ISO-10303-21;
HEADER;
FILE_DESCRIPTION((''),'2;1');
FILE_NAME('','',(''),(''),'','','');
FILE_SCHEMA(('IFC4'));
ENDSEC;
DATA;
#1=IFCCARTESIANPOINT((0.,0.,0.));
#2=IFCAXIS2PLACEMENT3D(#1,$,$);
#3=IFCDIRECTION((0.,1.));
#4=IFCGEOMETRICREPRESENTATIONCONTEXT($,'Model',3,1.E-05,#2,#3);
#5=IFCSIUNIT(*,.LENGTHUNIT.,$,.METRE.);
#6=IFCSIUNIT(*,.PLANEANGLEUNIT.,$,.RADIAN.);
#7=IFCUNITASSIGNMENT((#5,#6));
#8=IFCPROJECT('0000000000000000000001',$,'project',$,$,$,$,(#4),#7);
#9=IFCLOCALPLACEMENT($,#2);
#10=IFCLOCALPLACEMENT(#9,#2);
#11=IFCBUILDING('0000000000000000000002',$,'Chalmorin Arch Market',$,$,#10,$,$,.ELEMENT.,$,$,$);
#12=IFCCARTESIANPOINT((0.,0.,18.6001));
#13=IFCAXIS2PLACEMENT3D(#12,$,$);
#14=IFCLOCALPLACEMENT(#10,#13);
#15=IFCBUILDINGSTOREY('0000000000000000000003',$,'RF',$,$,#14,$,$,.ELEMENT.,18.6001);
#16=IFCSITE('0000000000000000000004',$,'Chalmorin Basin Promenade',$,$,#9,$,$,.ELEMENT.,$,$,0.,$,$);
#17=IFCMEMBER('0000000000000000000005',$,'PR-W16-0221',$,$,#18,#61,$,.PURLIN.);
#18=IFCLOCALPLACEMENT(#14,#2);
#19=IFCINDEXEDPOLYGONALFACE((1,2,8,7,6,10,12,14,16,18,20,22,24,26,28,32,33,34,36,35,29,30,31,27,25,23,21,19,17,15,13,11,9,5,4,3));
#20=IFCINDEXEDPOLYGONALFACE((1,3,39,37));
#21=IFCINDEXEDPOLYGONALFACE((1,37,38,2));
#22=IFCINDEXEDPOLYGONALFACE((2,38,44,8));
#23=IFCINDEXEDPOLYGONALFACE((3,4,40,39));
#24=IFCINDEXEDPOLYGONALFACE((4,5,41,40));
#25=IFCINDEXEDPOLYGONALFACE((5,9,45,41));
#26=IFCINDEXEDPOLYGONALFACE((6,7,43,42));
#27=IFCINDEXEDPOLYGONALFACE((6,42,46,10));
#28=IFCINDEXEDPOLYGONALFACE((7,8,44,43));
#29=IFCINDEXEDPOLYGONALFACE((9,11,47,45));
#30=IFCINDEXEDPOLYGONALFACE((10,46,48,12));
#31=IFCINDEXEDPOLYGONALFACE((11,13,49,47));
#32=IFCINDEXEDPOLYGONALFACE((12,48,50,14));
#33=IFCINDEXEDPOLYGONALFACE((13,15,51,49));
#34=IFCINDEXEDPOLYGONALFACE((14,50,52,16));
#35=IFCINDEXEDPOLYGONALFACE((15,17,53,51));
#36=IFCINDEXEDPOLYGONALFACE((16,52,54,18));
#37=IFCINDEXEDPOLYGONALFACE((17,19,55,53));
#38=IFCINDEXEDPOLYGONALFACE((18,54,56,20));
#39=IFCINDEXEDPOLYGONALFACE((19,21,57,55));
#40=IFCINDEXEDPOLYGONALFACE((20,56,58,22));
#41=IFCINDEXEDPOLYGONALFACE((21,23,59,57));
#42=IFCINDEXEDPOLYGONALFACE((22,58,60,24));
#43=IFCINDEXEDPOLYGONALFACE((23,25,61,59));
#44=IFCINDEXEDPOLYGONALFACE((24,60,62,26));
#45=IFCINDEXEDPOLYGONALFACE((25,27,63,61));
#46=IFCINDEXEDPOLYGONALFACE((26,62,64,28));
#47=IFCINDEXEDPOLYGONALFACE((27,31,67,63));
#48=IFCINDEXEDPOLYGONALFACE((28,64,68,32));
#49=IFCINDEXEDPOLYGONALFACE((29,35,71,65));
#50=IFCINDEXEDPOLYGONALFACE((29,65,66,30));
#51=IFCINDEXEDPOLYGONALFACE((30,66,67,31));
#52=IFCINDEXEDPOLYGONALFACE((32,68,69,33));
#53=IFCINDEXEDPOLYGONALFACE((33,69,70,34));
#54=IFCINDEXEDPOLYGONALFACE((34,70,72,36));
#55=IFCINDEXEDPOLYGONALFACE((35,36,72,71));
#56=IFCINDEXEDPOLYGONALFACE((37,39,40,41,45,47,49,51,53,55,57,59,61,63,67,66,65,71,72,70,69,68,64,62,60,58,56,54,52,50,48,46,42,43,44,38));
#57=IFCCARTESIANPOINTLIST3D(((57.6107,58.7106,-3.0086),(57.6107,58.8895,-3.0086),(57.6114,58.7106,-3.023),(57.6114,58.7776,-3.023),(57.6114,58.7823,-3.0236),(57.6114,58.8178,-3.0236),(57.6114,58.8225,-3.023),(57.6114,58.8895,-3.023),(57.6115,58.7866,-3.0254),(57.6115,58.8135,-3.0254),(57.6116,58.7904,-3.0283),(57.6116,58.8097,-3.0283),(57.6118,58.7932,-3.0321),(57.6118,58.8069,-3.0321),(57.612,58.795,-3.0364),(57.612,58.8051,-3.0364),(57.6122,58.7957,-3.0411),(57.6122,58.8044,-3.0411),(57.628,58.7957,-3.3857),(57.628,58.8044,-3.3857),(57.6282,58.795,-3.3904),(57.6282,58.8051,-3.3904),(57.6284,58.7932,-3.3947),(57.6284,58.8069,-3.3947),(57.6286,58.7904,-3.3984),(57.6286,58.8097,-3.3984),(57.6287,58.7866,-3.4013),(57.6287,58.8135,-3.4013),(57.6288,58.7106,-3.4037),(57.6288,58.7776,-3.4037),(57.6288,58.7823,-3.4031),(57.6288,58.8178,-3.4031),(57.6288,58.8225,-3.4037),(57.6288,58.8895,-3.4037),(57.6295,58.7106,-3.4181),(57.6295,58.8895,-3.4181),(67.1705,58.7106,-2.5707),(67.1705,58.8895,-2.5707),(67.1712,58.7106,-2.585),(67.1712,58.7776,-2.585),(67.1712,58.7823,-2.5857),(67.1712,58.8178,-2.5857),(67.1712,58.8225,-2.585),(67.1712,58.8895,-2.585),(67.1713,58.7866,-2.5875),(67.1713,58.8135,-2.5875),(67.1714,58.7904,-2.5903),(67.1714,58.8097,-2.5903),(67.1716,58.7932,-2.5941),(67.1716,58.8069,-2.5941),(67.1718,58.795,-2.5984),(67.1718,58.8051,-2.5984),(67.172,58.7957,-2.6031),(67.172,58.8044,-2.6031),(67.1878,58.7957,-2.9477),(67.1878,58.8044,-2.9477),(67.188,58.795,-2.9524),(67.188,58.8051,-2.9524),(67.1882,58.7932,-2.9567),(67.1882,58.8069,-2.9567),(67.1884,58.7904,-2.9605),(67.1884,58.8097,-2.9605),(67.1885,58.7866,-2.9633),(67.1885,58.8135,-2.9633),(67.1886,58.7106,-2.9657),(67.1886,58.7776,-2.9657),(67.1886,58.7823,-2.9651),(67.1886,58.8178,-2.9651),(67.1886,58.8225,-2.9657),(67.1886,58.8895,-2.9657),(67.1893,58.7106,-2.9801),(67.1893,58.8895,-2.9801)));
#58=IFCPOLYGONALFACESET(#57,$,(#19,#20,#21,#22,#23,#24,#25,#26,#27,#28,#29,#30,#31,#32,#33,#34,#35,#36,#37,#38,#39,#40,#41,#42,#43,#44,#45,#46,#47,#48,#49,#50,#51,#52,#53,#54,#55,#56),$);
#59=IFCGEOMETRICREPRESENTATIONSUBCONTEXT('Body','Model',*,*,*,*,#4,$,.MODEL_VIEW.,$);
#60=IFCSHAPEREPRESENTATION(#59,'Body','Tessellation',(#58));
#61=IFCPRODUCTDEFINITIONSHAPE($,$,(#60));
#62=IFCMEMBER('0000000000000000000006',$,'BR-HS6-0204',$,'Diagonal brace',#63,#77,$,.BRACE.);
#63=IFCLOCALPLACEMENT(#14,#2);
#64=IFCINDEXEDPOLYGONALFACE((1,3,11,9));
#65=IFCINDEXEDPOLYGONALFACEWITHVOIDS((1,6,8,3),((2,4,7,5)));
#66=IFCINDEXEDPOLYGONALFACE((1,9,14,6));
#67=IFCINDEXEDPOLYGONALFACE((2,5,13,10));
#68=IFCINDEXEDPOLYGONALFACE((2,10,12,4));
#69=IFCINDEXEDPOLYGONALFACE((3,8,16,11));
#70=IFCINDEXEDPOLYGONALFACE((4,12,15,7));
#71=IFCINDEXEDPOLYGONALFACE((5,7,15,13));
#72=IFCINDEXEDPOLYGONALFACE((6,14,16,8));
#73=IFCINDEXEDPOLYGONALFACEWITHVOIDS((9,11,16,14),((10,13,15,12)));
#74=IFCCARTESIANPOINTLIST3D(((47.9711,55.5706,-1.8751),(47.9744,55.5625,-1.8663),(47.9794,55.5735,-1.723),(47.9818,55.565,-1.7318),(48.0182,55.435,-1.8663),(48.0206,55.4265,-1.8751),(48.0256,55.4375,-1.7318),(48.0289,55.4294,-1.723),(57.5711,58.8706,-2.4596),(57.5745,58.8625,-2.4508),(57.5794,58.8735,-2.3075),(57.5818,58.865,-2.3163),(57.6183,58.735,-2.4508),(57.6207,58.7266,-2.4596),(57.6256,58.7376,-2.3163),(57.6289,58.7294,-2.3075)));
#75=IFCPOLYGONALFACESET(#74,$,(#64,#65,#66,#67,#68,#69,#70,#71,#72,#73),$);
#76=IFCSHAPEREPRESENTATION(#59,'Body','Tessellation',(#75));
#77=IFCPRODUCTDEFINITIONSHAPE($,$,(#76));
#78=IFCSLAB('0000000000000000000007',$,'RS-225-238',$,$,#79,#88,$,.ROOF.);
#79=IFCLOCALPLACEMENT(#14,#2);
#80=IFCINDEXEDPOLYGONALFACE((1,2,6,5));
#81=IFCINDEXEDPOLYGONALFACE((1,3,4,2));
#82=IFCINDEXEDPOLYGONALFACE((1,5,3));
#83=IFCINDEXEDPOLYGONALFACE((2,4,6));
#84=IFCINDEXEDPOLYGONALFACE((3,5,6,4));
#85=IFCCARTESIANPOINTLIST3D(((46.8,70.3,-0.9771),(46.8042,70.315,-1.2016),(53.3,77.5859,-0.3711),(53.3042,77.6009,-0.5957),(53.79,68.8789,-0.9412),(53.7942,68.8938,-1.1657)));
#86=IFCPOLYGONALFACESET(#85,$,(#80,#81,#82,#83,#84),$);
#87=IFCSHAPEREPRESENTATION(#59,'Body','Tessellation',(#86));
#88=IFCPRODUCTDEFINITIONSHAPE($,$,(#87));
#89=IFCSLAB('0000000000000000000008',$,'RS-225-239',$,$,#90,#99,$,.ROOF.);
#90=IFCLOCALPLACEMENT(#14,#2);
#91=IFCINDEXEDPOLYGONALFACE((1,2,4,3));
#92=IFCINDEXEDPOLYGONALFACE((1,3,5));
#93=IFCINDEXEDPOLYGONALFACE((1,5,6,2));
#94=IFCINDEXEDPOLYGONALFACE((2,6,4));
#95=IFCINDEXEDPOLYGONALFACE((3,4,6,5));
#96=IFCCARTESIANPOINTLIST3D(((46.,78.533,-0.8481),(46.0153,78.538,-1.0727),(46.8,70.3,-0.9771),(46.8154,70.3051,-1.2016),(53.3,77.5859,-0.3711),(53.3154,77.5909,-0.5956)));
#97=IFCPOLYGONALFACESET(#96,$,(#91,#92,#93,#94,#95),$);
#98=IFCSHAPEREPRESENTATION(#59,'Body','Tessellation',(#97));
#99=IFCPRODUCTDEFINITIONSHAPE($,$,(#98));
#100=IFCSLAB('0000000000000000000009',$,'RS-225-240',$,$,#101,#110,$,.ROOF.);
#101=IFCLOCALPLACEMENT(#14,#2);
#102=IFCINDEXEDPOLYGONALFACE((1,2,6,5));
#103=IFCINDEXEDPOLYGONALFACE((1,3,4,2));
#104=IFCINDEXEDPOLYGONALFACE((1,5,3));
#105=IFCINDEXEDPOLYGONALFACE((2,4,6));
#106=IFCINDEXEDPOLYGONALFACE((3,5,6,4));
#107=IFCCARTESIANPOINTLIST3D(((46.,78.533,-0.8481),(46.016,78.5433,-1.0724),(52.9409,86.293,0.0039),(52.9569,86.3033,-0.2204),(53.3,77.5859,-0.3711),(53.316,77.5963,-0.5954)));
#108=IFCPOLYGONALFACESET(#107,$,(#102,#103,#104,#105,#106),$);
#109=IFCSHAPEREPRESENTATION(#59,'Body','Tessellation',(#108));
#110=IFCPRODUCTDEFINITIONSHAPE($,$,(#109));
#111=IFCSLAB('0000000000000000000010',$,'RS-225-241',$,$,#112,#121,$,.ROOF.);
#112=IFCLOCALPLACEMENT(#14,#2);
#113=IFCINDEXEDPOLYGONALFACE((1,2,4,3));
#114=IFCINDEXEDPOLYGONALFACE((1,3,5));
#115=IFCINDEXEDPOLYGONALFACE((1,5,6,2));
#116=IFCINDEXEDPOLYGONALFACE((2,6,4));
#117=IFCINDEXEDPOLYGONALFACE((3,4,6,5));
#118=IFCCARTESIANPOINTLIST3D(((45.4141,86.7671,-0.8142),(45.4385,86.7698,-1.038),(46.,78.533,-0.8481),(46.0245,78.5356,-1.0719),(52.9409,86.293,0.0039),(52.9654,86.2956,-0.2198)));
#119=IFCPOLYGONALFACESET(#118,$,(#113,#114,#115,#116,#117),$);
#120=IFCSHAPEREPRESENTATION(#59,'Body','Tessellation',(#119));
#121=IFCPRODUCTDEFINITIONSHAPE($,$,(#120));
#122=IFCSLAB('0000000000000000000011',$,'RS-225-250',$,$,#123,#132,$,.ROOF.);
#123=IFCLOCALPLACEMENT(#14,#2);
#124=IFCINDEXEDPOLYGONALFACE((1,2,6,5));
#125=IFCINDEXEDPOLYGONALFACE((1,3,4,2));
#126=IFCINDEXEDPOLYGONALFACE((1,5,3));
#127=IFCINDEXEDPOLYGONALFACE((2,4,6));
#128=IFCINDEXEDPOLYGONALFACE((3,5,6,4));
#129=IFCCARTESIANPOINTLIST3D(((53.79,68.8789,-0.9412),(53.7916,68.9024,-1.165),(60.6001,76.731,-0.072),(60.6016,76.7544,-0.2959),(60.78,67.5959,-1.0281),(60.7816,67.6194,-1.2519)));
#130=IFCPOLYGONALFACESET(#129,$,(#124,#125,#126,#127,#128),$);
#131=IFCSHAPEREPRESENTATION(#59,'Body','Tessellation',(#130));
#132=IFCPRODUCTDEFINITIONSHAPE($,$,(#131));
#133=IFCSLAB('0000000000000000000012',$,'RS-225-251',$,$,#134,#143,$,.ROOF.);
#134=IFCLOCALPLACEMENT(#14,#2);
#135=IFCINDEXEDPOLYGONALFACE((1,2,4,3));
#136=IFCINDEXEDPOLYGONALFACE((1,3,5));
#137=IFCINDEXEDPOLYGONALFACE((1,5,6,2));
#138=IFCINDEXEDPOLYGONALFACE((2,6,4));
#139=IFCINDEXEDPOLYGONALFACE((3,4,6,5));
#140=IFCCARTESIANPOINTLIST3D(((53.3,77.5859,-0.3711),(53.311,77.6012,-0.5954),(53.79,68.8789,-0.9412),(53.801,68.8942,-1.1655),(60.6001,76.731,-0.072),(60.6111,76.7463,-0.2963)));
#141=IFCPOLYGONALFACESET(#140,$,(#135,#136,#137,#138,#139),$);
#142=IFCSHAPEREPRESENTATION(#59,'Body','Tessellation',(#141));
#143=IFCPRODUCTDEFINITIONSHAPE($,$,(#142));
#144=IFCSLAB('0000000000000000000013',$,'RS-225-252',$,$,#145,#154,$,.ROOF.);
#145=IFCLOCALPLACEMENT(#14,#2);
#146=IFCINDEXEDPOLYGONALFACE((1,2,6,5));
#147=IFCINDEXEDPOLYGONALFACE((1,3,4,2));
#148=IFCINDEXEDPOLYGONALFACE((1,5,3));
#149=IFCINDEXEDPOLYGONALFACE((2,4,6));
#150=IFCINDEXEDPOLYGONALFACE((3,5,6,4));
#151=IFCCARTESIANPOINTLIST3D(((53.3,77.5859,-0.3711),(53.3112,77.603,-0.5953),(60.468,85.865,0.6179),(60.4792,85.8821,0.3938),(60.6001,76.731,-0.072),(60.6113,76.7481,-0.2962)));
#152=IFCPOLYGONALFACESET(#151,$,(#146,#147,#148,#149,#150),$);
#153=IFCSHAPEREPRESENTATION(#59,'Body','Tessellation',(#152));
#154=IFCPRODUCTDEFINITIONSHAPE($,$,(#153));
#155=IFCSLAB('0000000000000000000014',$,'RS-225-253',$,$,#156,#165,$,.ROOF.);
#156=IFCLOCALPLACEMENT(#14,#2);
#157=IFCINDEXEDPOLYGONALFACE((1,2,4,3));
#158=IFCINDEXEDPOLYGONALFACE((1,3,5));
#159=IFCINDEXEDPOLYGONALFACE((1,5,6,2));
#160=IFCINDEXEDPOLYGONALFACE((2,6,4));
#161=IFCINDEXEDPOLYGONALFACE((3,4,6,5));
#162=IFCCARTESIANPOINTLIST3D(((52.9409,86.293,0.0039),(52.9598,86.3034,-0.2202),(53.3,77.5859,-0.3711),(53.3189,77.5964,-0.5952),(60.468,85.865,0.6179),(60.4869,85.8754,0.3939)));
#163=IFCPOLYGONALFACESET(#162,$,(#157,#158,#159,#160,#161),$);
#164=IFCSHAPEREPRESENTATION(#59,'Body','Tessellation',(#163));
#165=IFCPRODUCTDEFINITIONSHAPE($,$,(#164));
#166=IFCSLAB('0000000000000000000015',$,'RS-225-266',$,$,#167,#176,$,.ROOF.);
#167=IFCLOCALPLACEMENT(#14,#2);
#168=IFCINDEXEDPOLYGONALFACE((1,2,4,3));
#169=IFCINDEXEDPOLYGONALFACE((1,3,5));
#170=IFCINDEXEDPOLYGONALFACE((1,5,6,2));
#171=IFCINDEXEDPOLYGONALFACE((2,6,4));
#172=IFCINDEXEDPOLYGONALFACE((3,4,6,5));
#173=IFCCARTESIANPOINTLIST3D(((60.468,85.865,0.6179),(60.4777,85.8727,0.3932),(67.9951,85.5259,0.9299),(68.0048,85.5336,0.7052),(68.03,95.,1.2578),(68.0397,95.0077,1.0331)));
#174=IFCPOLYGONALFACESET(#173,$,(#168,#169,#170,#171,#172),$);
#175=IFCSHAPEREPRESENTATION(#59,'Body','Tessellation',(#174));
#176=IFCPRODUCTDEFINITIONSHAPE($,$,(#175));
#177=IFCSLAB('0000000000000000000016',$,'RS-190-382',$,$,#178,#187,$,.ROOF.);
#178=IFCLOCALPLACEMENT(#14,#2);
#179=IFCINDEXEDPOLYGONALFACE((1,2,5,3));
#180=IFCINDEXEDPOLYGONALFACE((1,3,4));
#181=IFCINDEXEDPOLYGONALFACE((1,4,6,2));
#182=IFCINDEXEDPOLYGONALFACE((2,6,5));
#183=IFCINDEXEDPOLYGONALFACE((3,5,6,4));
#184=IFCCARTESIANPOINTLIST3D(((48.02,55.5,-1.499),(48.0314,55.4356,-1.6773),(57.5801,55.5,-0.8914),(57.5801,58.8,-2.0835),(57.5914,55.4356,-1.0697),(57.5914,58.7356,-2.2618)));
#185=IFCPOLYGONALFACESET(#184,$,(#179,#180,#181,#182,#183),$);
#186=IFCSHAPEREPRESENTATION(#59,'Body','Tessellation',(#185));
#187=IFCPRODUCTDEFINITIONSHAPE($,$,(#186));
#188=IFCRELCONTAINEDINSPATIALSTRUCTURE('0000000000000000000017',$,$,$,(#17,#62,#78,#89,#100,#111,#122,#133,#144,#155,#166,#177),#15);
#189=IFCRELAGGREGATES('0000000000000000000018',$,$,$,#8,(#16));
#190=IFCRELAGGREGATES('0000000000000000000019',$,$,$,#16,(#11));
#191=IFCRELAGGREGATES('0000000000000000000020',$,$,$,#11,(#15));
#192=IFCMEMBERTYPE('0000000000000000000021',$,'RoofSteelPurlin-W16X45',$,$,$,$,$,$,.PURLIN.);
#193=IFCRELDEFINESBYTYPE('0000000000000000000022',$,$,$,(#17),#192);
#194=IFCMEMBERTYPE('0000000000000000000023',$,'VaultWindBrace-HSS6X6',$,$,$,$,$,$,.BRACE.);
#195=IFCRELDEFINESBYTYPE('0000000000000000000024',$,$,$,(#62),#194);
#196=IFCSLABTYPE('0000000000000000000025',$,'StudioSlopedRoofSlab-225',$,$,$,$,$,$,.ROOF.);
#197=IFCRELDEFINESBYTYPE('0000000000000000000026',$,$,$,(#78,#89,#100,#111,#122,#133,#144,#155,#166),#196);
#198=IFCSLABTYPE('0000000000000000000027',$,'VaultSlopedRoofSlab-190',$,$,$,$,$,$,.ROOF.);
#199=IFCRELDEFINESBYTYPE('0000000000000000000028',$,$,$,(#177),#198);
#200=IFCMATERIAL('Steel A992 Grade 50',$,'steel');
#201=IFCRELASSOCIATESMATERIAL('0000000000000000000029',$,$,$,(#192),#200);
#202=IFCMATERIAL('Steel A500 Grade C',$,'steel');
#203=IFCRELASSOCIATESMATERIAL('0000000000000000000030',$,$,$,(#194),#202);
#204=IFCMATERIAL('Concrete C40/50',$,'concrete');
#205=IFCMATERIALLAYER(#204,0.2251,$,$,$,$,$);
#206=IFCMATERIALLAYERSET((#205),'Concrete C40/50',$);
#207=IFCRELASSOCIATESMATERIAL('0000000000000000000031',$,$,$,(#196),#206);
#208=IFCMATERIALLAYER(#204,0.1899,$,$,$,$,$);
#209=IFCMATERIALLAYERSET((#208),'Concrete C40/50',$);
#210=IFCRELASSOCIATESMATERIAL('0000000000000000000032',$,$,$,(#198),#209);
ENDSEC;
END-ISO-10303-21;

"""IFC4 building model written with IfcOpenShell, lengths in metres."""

from ifc_helpers import new_model, si_unit, direction, frame, origin, origin_2d, place, context, subcontext, project, spatial, polyline, hollow_rectangle, i_section, outline, extrude, material, layer, layer_set, material_profile, profile_set, type_object, element, save


model = new_model("IFC4")

# Units and contexts
model_context = context("Model", 3, precision=1e-05, world=origin(), true_north=direction((0.0, 1.0)))
body_context = subcontext(model_context, "Body", "Model", "MODEL_VIEW")
ifc_project = project(units=[si_unit("LENGTHUNIT", "METRE"), si_unit("PLANEANGLEUNIT", "RADIAN")], contexts=[model_context])

# Site, building, storey
site_placement = place(None, origin())
site = spatial("IfcSite", under=ifc_project, at=site_placement, Name="Chalmorin Basin Promenade", CompositionType="ELEMENT", RefElevation=0.0)
building_placement = place(site_placement, origin())
building = spatial("IfcBuilding", under=site, at=building_placement, Name="Chalmorin Arch Market", CompositionType="ELEMENT")
storey_placement = place(building_placement, frame((0.0, 0.0, 18.6001)))
storey = spatial("IfcBuildingStorey", under=building, at=storey_placement, Name="RF", CompositionType="ELEMENT", Elevation=18.6001)

# Members
ifc_material_1 = material(Name="Steel A992 Grade 50", Category="steel")
ifc_material_profile_1 = material_profile(ifc_material_1, i_section(OverallWidth=0.179, OverallDepth=0.4099, WebThickness=0.0088, FlangeThickness=0.0144, FilletRadius=0.0181, at=origin_2d()), Name="W16X45")
ifc_profile_set_1 = profile_set([ifc_material_profile_1], Name="Steel A992 Grade 50")
member_type_1 = type_object("IfcMemberType", Name="RoofSteelPurlin-W16X45", PredefinedType="PURLIN", material=ifc_profile_set_1)
member_1_placement = place(storey_placement, frame((57.6201, 58.8, -3.2134), z_axis=(0.998952, 0.0, 0.045768), x_axis=(0.0, 1.0, 0.0)))
element("IfcMember", 1, at=member_1_placement, inside=storey, type_object=member_type_1, Name="PR-W16-0221", PredefinedType="PURLIN", context=body_context, shape_type="SweptSolid", body=[
    extrude(i_section(OverallWidth=0.179, OverallDepth=0.4099, WebThickness=0.0088, FlangeThickness=0.0144, FilletRadius=0.0181, at=origin_2d()), origin(), (0.0, 0.0, 1.0), 9.5698),
])
ifc_material_2 = material(Name="Steel A500 Grade C", Category="steel")
ifc_material_profile_2 = material_profile(ifc_material_2, hollow_rectangle(XDim=0.1523, YDim=0.1523, WallThickness=0.0088, at=origin_2d()), Name="HSS6X6X3/8")
ifc_profile_set_2 = profile_set([ifc_material_profile_2], Name="Steel A500 Grade C")
member_type_2 = type_object("IfcMemberType", Name="VaultWindBrace-HSS6X6", PredefinedType="BRACE", material=ifc_profile_set_2)
member_2_placement = place(storey_placement, frame((48.0, 55.5, -1.7991), z_axis=(0.944123, 0.324544, -0.05748), x_axis=(-0.325081, 0.945686, 0.0)))
element("IfcMember", 2, at=member_2_placement, inside=storey, type_object=member_type_2, Name="BR-HS6-0204", ObjectType="Diagonal brace", PredefinedType="BRACE", context=body_context, shape_type="SweptSolid", body=[
    extrude(hollow_rectangle(XDim=0.1523, YDim=0.1523, WallThickness=0.0088, at=origin_2d()), origin(), (0.0, 0.0, 1.0), 10.1682),
])

# Slabs
ifc_material_3 = material(Name="Concrete C40/50", Category="concrete")
ifc_layer_1 = layer(ifc_material_3, 0.2251)
ifc_layer_set_1 = layer_set([ifc_layer_1], Name="Concrete C40/50")
slab_type_1 = type_object("IfcSlabType", Name="StudioSlopedRoofSlab-225", PredefinedType="ROOF", material=ifc_layer_set_1)
slab_1_placement = place(storey_placement, frame((46.8, 70.3, -0.9771), z_axis=(-0.018615, -0.066364, 0.997622), x_axis=(0.979939, -0.199233, 0.005031)))
element("IfcSlab", 3, at=slab_1_placement, inside=storey, type_object=slab_type_1, Name="RS-225-238", PredefinedType="ROOF", context=body_context, shape_type="SweptSolid", body=[
    extrude(outline(polyline([(0.0, 0.0), (7.1331, 0.0), (4.9211, 8.4548), (0.0, 0.0)])), origin(), (0.0, 0.0, -1.0), 0.2251),
])
slab_2_placement = place(storey_placement, frame((46.8, 70.3, -0.9771), z_axis=(-0.068065, -0.022232, 0.997433), x_axis=(0.664438, 0.744772, 0.061942)))
element("IfcSlab", 4, at=slab_2_placement, inside=storey, type_object=slab_type_1, Name="RS-225-239", PredefinedType="ROOF", context=body_context, shape_type="SweptSolid", body=[
    extrude(outline(polyline([(0.0, 0.0), (9.7827, 0.0), (5.608, 6.0817), (0.0, 0.0)])), origin(), (0.0, 0.0, -1.0), 0.2251),
])
slab_3_placement = place(storey_placement, frame((46.0, 78.533, -0.8481), z_axis=(-0.071062, -0.045845, 0.996418), x_axis=(0.989614, -0.128381, 0.06467)))
element("IfcSlab", 5, at=slab_3_placement, inside=storey, type_object=slab_type_1, Name="RS-225-240", PredefinedType="ROOF", context=body_context, shape_type="SweptSolid", body=[
    extrude(outline(polyline([(0.0, 0.0), (7.3767, 0.0), (5.9277, 8.6013), (0.0, 0.0)])), origin(), (0.0, 0.0, -1.0), 0.2251),
])
slab_4_placement = place(storey_placement, frame((46.0, 78.533, -0.8481), z_axis=(-0.108786, -0.011838, 0.993995), x_axis=(0.664453, 0.742865, 0.081567)))
element("IfcSlab", 6, at=slab_4_placement, inside=storey, type_object=slab_type_1, Name="RS-225-241", PredefinedType="ROOF", context=body_context, shape_type="SweptSolid", body=[
    extrude(outline(polyline([(0.0, 0.0), (10.4461, 0.0), (5.7303, 5.9422), (0.0, 0.0)])), origin(), (0.0, 0.0, -1.0), 0.2251),
])
slab_5_placement = place(storey_placement, frame((53.79, 68.8789, -0.9412), z_axis=(-0.006763, -0.104219, 0.994531), x_axis=(0.983497, -0.180513, -0.012229)))
element("IfcSlab", 7, at=slab_5_placement, inside=storey, type_object=slab_type_1, Name="RS-225-250", PredefinedType="ROOF", context=body_context, shape_type="SweptSolid", body=[
    extrude(outline(polyline([(0.0, 0.0), (7.1073, 0.0), (5.2696, 9.001), (0.0, 0.0)])), origin(), (0.0, 0.0, -1.0), 0.2251),
])
slab_6_placement = place(storey_placement, frame((53.79, 68.8789, -0.9412), z_axis=(-0.048788, -0.067988, 0.996493), x_axis=(0.652924, 0.752826, 0.08333)))
element("IfcSlab", 8, at=slab_6_placement, inside=storey, type_object=slab_type_1, Name="RS-225-251", PredefinedType="ROOF", context=body_context, shape_type="SweptSolid", body=[
    extrude(outline(polyline([(0.0, 0.0), (10.4301, 0.0), (6.2825, 6.0752), (0.0, 0.0)])), origin(), (0.0, 0.0, -1.0), 0.2251),
])
slab_7_placement = place(storey_placement, frame((53.3, 77.5859, -0.3711), z_axis=(-0.049694, -0.075942, 0.995873), x_axis=(0.99239, -0.116229, 0.040657)))
element("IfcSlab", 9, at=slab_7_placement, inside=storey, type_object=slab_type_1, Name="RS-225-252", PredefinedType="ROOF", context=body_context, shape_type="SweptSolid", body=[
    extrude(outline(polyline([(0.0, 0.0), (7.356, 0.0), (6.1914, 9.0867), (0.0, 0.0)])), origin(), (0.0, 0.0, -1.0), 0.2251),
])
slab_8_placement = place(storey_placement, frame((53.3, 77.5859, -0.3711), z_axis=(-0.083833, -0.046328, 0.995402), x_axis=(0.651901, 0.75295, 0.089947)))
element("IfcSlab", 10, at=slab_8_placement, inside=storey, type_object=slab_type_1, Name="RS-225-253", PredefinedType="ROOF", context=body_context, shape_type="SweptSolid", body=[
    extrude(outline(polyline([(0.0, 0.0), (10.9955, 0.0), (6.3556, 5.974), (0.0, 0.0)])), origin(), (0.0, 0.0, -1.0), 0.2251),
])
slab_9_placement = place(storey_placement, frame((60.468, 85.865, 0.6179), z_axis=(-0.042939, -0.034397, 0.998485), x_axis=(0.998131, -0.044968, 0.041374)))
element("IfcSlab", 11, at=slab_9_placement, inside=storey, type_object=slab_type_1, Name="RS-225-266", PredefinedType="ROOF", context=body_context, shape_type="SweptSolid", body=[
    extrude(outline(polyline([(0.0, 0.0), (7.5412, 0.0), (7.1636, 9.4723), (0.0, 0.0)])), origin(), (0.0, 0.0, -1.0), 0.2251),
])
ifc_layer_2 = layer(ifc_material_3, 0.1899)
ifc_layer_set_2 = layer_set([ifc_layer_2], Name="Concrete C40/50")
slab_type_2 = type_object("IfcSlabType", Name="VaultSlopedRoofSlab-190", PredefinedType="ROOF", material=ifc_layer_set_2)
slab_10_placement = place(storey_placement, frame((48.02, 55.5, -1.499), z_axis=(-0.059675, 0.339154, 0.938836), x_axis=(0.997986, 0.0, 0.063435)))
element("IfcSlab", 12, at=slab_10_placement, inside=storey, type_object=slab_type_2, Name="RS-190-382", PredefinedType="ROOF", context=body_context, shape_type="SweptSolid", body=[
    extrude(outline(polyline([(0.0, 0.0), (9.5794, 0.0), (9.5037, 3.508), (0.0, 0.0)])), origin(), (0.0, 0.0, -1.0), 0.1899),
])

save(model, "model.ifc")
